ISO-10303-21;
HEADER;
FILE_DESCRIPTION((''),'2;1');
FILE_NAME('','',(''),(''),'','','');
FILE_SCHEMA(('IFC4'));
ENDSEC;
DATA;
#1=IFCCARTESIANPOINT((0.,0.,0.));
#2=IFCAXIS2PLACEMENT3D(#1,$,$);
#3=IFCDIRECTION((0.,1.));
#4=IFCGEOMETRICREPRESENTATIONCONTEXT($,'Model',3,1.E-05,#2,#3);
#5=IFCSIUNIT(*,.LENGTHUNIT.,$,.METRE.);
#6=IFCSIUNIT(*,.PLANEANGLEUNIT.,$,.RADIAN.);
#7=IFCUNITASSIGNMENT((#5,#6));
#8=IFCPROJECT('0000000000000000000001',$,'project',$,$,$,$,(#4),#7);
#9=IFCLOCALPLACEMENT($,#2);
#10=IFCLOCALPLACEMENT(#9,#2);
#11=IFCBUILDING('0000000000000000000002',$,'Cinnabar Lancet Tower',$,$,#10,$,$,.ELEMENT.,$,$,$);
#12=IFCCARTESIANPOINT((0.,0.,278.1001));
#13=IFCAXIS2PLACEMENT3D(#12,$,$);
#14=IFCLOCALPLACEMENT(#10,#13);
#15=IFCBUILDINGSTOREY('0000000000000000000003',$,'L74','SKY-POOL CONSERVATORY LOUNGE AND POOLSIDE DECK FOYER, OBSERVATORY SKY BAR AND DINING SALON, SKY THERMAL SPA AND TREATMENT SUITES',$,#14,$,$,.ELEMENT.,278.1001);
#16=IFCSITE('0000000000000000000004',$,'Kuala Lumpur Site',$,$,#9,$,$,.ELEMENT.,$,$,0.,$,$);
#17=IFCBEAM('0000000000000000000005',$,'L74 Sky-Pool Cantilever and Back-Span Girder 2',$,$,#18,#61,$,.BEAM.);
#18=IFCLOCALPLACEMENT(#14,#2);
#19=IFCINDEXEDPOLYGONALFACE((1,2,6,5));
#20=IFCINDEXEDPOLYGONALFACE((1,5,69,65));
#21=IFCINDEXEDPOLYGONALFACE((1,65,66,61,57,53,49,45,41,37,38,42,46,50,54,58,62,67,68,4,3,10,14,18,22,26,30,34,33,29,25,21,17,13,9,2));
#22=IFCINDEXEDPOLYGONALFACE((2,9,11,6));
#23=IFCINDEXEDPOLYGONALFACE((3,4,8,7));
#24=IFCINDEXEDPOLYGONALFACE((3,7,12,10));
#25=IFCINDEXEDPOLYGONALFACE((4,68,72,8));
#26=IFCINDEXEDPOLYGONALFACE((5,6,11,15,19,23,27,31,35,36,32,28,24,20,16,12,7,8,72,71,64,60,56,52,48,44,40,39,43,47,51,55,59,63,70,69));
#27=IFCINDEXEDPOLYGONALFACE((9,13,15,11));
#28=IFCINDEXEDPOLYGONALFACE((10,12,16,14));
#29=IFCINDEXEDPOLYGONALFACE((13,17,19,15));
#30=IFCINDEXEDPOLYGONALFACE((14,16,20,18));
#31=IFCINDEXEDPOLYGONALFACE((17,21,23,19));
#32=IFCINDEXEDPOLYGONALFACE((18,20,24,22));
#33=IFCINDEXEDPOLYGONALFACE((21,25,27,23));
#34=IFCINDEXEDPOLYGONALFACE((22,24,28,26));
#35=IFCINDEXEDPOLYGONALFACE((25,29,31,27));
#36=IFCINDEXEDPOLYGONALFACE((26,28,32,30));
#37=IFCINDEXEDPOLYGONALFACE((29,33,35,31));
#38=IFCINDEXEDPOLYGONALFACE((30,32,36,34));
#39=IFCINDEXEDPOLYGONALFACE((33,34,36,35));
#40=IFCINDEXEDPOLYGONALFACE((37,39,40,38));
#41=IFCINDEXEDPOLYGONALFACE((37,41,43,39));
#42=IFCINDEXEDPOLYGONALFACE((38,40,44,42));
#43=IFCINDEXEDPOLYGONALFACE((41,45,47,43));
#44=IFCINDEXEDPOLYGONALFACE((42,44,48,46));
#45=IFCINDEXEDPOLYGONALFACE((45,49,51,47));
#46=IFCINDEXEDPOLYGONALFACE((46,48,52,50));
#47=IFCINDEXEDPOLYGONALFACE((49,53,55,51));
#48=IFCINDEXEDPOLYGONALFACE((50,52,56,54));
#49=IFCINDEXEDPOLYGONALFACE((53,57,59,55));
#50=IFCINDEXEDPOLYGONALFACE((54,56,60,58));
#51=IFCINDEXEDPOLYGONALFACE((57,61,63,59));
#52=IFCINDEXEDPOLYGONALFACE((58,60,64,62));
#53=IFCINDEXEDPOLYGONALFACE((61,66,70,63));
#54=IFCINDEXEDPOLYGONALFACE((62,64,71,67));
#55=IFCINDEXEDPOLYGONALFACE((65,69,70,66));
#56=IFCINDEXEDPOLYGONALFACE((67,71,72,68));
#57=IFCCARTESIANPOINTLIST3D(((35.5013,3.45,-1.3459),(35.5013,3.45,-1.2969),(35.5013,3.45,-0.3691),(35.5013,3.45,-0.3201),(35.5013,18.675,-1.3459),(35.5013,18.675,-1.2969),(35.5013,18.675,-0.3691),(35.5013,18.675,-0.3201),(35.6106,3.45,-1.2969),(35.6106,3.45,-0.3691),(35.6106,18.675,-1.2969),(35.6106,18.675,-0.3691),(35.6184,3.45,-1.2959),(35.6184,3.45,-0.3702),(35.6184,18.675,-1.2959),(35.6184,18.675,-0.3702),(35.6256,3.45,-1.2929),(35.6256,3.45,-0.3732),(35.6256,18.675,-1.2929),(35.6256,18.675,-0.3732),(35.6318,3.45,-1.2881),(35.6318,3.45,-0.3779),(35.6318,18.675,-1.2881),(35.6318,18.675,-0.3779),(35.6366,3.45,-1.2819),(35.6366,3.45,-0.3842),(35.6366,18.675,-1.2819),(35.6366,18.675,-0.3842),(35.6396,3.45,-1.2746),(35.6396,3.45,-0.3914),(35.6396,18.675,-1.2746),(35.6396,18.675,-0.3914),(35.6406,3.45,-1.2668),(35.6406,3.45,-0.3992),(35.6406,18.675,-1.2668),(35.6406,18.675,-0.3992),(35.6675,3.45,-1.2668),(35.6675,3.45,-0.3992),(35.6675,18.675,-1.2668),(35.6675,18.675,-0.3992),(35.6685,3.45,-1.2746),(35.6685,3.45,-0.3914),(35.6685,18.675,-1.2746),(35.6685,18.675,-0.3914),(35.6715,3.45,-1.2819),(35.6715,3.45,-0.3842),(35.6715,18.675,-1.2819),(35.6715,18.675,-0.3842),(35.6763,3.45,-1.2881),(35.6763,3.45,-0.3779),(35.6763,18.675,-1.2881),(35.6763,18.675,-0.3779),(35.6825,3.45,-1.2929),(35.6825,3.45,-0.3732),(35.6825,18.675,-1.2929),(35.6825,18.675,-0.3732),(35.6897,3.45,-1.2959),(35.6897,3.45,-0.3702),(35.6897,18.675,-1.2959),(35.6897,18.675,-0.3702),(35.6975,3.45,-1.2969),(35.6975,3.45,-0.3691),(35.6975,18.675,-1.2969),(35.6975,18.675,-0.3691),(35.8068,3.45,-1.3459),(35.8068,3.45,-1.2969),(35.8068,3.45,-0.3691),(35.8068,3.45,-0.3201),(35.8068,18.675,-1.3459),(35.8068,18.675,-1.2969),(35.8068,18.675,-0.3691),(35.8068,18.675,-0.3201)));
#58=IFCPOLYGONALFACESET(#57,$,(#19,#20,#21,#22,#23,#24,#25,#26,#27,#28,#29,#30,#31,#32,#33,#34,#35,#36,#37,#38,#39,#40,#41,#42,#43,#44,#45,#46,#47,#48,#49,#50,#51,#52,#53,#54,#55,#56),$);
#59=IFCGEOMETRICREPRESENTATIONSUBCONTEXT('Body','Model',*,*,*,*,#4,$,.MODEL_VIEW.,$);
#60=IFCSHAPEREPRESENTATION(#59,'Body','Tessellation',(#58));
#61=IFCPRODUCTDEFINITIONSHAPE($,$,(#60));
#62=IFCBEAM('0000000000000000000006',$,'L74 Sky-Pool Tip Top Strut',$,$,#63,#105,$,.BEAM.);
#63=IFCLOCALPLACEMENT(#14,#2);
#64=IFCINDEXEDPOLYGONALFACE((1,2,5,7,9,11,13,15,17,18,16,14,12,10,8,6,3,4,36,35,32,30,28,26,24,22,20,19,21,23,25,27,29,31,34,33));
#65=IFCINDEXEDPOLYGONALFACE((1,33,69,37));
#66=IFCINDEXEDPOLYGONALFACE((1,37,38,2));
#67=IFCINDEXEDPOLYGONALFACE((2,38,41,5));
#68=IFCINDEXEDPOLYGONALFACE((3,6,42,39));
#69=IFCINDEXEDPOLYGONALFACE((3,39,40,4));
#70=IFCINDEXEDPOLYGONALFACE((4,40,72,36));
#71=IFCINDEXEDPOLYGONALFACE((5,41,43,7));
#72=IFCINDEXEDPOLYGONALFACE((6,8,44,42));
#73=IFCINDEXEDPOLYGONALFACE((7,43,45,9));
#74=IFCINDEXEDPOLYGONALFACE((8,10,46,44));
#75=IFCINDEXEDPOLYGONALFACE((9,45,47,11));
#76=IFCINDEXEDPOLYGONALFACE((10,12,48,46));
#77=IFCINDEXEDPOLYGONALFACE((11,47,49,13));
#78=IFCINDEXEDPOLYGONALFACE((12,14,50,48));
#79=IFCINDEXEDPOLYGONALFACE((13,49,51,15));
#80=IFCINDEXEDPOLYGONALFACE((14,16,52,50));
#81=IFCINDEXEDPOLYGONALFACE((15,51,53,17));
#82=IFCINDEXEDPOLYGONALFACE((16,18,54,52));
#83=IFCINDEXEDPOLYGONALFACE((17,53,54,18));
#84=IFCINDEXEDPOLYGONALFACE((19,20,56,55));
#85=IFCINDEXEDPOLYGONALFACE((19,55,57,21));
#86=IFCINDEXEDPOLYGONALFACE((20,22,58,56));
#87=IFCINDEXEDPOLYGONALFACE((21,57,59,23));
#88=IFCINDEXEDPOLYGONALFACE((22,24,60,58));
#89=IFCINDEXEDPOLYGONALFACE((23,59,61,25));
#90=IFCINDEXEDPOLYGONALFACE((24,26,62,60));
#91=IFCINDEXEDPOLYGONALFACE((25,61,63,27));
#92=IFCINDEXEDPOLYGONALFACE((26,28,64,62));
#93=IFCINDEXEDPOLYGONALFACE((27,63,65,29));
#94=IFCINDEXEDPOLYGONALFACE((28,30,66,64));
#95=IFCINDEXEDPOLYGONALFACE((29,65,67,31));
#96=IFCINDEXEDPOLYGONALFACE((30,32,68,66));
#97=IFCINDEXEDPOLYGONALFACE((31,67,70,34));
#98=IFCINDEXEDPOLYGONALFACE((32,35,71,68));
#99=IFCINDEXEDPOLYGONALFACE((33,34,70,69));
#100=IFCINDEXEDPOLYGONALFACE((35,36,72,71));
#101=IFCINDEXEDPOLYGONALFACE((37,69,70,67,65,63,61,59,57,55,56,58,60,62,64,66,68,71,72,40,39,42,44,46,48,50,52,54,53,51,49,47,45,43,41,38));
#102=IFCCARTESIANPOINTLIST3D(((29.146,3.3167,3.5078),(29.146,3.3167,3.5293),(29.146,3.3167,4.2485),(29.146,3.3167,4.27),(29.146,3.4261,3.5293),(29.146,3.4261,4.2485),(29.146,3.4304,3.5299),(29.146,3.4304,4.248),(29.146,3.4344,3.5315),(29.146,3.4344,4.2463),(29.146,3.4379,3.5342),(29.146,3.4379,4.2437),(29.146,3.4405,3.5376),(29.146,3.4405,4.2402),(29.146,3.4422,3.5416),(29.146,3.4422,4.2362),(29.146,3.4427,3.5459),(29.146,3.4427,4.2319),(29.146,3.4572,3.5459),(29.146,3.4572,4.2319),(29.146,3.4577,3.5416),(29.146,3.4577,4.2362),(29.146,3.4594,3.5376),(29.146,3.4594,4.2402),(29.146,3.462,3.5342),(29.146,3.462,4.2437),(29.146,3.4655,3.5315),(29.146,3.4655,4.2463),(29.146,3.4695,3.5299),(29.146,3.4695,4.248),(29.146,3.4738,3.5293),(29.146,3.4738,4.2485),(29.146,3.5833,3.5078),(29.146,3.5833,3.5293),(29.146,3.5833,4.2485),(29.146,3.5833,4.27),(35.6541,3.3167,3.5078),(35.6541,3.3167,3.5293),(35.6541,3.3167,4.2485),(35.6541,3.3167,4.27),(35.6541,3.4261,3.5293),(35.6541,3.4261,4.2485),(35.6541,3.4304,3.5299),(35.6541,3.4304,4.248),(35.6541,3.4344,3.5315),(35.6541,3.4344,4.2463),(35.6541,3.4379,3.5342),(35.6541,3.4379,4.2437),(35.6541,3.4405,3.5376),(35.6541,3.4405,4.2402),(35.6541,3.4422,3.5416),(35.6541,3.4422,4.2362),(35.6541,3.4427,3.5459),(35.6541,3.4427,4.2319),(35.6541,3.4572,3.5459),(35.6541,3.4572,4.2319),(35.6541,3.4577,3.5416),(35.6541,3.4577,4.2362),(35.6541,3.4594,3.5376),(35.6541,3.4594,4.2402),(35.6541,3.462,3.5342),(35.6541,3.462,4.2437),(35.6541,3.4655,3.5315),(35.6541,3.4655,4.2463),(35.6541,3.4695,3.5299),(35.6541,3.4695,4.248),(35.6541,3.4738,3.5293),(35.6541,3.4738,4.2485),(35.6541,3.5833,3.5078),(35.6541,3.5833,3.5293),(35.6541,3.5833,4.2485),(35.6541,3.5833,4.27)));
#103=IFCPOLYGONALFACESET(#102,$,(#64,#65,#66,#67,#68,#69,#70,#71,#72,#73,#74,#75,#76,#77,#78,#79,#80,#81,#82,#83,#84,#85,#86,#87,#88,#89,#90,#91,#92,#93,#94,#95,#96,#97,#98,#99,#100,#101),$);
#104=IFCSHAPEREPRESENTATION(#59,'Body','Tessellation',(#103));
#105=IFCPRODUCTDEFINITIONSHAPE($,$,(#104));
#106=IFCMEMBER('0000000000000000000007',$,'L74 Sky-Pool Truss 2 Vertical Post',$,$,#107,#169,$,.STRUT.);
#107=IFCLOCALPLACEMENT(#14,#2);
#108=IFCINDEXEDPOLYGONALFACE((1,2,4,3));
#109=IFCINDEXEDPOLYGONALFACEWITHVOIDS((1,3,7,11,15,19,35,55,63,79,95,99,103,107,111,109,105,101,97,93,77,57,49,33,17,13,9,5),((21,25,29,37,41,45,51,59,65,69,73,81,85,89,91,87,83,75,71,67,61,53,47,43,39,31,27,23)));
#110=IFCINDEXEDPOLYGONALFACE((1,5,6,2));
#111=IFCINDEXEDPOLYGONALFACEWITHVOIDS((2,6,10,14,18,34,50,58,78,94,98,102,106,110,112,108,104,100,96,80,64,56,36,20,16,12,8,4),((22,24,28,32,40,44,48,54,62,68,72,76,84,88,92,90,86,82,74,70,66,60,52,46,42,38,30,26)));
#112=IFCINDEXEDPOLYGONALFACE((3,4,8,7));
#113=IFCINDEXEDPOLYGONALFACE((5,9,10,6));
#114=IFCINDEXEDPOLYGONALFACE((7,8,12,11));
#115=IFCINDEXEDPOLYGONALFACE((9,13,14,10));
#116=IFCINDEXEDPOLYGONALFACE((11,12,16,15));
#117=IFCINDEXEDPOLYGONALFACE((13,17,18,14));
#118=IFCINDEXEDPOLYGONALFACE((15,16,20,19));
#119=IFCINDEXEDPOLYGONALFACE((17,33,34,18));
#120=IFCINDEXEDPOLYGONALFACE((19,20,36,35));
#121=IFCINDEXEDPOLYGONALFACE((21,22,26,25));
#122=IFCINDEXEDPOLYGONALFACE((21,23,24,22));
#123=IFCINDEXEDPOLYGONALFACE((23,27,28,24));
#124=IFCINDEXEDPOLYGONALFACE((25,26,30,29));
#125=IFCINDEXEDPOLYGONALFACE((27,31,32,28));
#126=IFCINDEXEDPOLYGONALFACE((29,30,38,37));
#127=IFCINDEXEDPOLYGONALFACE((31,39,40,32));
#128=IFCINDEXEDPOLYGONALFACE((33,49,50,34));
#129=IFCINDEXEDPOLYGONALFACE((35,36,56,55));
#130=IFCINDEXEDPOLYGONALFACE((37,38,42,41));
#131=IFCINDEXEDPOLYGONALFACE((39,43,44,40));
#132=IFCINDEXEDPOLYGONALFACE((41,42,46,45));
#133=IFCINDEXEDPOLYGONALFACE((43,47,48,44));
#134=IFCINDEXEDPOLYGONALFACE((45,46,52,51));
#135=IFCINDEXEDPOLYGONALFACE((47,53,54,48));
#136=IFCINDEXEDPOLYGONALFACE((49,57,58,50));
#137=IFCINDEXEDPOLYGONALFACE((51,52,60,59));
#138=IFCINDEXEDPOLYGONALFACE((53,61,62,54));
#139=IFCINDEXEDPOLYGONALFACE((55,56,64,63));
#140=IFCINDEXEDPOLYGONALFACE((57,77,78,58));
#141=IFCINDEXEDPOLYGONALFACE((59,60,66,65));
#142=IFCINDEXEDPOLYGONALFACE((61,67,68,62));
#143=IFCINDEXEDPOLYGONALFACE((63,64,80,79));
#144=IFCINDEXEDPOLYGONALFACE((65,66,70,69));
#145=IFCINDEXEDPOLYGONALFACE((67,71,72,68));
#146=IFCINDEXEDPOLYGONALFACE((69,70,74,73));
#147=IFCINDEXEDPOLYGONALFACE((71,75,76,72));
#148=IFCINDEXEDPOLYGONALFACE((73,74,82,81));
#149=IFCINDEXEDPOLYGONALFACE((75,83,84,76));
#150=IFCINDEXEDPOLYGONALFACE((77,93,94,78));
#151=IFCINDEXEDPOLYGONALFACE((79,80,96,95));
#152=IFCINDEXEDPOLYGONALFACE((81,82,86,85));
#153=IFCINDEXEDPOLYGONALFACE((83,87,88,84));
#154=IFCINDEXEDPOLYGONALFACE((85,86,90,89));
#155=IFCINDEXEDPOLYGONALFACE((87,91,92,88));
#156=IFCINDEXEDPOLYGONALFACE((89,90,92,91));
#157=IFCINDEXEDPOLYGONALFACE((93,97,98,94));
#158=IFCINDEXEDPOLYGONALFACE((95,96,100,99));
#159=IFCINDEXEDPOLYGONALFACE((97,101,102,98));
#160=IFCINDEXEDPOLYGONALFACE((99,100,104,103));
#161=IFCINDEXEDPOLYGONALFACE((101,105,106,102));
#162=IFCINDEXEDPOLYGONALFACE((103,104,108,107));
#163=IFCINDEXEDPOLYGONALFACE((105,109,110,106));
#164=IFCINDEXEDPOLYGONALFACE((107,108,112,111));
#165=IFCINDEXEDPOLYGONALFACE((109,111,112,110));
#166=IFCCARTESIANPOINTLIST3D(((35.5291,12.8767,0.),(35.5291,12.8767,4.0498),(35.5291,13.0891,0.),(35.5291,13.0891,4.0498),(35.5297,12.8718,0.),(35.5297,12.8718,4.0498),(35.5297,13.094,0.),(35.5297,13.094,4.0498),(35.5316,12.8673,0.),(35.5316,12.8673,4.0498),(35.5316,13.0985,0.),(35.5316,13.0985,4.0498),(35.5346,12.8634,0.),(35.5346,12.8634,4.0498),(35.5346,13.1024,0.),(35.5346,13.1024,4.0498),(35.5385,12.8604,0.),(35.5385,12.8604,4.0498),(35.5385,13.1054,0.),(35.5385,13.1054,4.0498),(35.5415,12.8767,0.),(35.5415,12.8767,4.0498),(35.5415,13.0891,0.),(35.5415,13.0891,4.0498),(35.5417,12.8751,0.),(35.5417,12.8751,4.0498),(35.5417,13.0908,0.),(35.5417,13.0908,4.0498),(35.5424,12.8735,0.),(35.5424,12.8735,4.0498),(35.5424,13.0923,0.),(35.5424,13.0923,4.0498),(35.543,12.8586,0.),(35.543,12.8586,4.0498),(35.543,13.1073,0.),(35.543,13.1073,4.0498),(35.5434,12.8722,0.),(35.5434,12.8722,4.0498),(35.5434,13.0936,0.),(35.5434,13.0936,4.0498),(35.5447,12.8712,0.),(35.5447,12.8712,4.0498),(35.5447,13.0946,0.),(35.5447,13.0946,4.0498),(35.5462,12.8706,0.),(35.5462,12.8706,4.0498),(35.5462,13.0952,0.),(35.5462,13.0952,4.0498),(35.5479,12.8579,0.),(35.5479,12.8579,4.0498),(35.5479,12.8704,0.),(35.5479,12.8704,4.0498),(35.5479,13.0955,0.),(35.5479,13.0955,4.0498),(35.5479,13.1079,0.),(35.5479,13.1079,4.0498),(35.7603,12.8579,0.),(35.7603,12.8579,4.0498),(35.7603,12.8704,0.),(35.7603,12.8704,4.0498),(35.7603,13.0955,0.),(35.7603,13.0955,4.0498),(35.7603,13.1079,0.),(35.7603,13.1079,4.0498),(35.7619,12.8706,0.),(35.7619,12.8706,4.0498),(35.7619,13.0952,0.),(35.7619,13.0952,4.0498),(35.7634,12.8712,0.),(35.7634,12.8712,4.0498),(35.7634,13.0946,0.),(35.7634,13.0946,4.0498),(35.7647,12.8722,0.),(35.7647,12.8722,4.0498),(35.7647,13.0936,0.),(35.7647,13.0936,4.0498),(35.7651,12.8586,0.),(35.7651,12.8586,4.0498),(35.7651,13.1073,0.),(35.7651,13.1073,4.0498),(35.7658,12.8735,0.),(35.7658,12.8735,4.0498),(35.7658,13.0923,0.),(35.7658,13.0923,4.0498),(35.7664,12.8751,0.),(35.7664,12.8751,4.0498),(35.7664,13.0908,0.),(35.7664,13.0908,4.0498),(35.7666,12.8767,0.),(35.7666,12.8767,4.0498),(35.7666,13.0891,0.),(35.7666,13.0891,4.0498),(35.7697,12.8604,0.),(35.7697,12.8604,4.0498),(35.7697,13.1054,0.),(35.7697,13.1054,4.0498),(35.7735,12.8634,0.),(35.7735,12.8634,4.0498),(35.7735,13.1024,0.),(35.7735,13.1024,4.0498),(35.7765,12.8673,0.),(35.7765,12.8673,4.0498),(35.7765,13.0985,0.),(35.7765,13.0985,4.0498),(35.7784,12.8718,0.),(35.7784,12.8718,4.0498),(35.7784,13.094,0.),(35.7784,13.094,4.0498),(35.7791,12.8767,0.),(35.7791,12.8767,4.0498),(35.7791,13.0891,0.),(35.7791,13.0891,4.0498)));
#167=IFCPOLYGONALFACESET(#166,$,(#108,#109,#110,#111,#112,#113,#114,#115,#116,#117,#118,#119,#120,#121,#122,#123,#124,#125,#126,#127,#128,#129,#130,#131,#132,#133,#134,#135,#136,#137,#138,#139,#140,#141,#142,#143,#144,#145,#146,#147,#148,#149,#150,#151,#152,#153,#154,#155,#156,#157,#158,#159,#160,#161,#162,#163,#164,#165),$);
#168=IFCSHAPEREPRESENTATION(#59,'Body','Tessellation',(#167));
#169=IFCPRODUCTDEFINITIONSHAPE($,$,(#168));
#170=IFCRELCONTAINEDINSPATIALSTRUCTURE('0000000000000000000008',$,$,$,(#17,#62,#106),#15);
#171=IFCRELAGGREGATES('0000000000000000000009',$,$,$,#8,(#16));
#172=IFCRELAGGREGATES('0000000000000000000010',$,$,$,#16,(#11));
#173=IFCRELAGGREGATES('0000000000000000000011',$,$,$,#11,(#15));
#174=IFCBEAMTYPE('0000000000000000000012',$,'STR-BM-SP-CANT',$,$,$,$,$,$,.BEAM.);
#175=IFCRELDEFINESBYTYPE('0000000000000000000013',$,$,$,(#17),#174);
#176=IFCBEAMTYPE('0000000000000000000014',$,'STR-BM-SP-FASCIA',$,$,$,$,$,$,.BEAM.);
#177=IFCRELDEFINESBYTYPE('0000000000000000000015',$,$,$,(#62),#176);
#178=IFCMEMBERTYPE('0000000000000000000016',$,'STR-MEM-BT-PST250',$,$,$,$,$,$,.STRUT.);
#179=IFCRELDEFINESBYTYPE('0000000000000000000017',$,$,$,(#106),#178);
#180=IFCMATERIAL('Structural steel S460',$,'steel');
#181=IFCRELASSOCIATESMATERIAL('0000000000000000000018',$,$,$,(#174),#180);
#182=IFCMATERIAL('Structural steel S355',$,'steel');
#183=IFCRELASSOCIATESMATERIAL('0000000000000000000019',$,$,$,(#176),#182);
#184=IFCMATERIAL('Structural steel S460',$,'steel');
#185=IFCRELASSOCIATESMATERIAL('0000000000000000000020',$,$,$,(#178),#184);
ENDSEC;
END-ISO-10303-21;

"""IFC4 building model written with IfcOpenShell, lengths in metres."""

from ifc_helpers import new_model, si_unit, direction, frame, origin, origin_2d, place, context, subcontext, project, spatial, hollow_rectangle, i_section, extrude, material, material_profile, profile_set, type_object, element, save


model = new_model("IFC4")

# Units and contexts
model_context = context("Model", 3, precision=1e-05, world=origin(), true_north=direction((0.0, 1.0)))
body_context = subcontext(model_context, "Body", "Model", "MODEL_VIEW")
ifc_project = project(units=[si_unit("LENGTHUNIT", "METRE"), si_unit("PLANEANGLEUNIT", "RADIAN")], contexts=[model_context])

# Site, building, storey
site_placement = place(None, origin())
site = spatial("IfcSite", under=ifc_project, at=site_placement, Name="Kuala Lumpur Site", CompositionType="ELEMENT", RefElevation=0.0)
building_placement = place(site_placement, origin())
building = spatial("IfcBuilding", under=site, at=building_placement, Name="Cinnabar Lancet Tower", CompositionType="ELEMENT")
storey_placement = place(building_placement, frame((0.0, 0.0, 278.1001)))
storey = spatial("IfcBuildingStorey", under=building, at=storey_placement, Name="L74", Description="SKY-POOL CONSERVATORY LOUNGE AND POOLSIDE DECK FOYER, OBSERVATORY SKY BAR AND DINING SALON, SKY THERMAL SPA AND TREATMENT SUITES", CompositionType="ELEMENT", Elevation=278.1001)

# Beams
ifc_material_1 = material(Name="Structural steel S460", Category="steel")
ifc_material_profile_1 = material_profile(ifc_material_1, i_section(OverallWidth=0.3054, OverallDepth=1.0259, WebThickness=0.0269, FlangeThickness=0.0491, FilletRadius=0.03, at=origin_2d()), Name="UKB 1016x305x437")
ifc_profile_set_1 = profile_set([ifc_material_profile_1], Name="Structural steel S460")
beam_type_1 = type_object("IfcBeamType", Name="STR-BM-SP-CANT", PredefinedType="BEAM", material=ifc_profile_set_1)
beam_1_placement = place(storey_placement, frame((35.6541, 3.45, -0.833), z_axis=(0.0, 1.0, 0.0), x_axis=(-1.0, 0.0, 0.0)))
element("IfcBeam", 1, at=beam_1_placement, inside=storey, type_object=beam_type_1, Name="L74 Sky-Pool Cantilever and Back-Span Girder 2", PredefinedType="BEAM", context=body_context, shape_type="SweptSolid", body=[
    extrude(i_section(OverallWidth=0.3054, OverallDepth=1.0259, WebThickness=0.0269, FlangeThickness=0.0491, FilletRadius=0.03, at=origin_2d()), origin(), (0.0, 0.0, 1.0), 15.2251),
])
ifc_material_2 = material(Name="Structural steel S355", Category="steel")
ifc_material_profile_2 = material_profile(ifc_material_2, i_section(OverallWidth=0.2666, OverallDepth=0.7622, WebThickness=0.0144, FlangeThickness=0.0215, FilletRadius=0.0166, at=origin_2d()), Name="UKB 762x267x173")
ifc_profile_set_2 = profile_set([ifc_material_profile_2], Name="Structural steel S355")
beam_type_2 = type_object("IfcBeamType", Name="STR-BM-SP-FASCIA", PredefinedType="BEAM", material=ifc_profile_set_2)
beam_2_placement = place(storey_placement, frame((29.146, 3.45, 3.8889), z_axis=(1.0, 0.0, 0.0), x_axis=(0.0, 1.0, 0.0)))
element("IfcBeam", 2, at=beam_2_placement, inside=storey, type_object=beam_type_2, Name="L74 Sky-Pool Tip Top Strut", PredefinedType="BEAM", context=body_context, shape_type="SweptSolid", body=[
    extrude(i_section(OverallWidth=0.2666, OverallDepth=0.7622, WebThickness=0.0144, FlangeThickness=0.0215, FilletRadius=0.0166, at=origin_2d()), origin(), (0.0, 0.0, 1.0), 6.5081),
])

# Member
ifc_material_3 = material(Name="Structural steel S460", Category="steel")
ifc_material_profile_3 = material_profile(ifc_material_3, hollow_rectangle(XDim=0.25, YDim=0.25, WallThickness=0.0125, InnerFilletRadius=0.0063, OuterFilletRadius=0.0188, at=origin_2d()), Name="SHS 250x250x12.5")
ifc_profile_set_3 = profile_set([ifc_material_profile_3], Name="Structural steel S460")
member_type_1 = type_object("IfcMemberType", Name="STR-MEM-BT-PST250", PredefinedType="STRUT", material=ifc_profile_set_3)
member_1_placement = place(storey_placement, frame((35.6541, 12.9829, 0.0), z_axis=(0.0, 0.0, 1.0), x_axis=(1.0, 0.0, 0.0)))
element("IfcMember", 3, at=member_1_placement, inside=storey, type_object=member_type_1, Name="L74 Sky-Pool Truss 2 Vertical Post", PredefinedType="STRUT", context=body_context, shape_type="SweptSolid", body=[
    extrude(hollow_rectangle(XDim=0.25, YDim=0.25, WallThickness=0.0125, InnerFilletRadius=0.0063, OuterFilletRadius=0.0188, at=origin_2d()), origin(), (0.0, 0.0, 1.0), 4.0498),
])

save(model, "model.ifc")
